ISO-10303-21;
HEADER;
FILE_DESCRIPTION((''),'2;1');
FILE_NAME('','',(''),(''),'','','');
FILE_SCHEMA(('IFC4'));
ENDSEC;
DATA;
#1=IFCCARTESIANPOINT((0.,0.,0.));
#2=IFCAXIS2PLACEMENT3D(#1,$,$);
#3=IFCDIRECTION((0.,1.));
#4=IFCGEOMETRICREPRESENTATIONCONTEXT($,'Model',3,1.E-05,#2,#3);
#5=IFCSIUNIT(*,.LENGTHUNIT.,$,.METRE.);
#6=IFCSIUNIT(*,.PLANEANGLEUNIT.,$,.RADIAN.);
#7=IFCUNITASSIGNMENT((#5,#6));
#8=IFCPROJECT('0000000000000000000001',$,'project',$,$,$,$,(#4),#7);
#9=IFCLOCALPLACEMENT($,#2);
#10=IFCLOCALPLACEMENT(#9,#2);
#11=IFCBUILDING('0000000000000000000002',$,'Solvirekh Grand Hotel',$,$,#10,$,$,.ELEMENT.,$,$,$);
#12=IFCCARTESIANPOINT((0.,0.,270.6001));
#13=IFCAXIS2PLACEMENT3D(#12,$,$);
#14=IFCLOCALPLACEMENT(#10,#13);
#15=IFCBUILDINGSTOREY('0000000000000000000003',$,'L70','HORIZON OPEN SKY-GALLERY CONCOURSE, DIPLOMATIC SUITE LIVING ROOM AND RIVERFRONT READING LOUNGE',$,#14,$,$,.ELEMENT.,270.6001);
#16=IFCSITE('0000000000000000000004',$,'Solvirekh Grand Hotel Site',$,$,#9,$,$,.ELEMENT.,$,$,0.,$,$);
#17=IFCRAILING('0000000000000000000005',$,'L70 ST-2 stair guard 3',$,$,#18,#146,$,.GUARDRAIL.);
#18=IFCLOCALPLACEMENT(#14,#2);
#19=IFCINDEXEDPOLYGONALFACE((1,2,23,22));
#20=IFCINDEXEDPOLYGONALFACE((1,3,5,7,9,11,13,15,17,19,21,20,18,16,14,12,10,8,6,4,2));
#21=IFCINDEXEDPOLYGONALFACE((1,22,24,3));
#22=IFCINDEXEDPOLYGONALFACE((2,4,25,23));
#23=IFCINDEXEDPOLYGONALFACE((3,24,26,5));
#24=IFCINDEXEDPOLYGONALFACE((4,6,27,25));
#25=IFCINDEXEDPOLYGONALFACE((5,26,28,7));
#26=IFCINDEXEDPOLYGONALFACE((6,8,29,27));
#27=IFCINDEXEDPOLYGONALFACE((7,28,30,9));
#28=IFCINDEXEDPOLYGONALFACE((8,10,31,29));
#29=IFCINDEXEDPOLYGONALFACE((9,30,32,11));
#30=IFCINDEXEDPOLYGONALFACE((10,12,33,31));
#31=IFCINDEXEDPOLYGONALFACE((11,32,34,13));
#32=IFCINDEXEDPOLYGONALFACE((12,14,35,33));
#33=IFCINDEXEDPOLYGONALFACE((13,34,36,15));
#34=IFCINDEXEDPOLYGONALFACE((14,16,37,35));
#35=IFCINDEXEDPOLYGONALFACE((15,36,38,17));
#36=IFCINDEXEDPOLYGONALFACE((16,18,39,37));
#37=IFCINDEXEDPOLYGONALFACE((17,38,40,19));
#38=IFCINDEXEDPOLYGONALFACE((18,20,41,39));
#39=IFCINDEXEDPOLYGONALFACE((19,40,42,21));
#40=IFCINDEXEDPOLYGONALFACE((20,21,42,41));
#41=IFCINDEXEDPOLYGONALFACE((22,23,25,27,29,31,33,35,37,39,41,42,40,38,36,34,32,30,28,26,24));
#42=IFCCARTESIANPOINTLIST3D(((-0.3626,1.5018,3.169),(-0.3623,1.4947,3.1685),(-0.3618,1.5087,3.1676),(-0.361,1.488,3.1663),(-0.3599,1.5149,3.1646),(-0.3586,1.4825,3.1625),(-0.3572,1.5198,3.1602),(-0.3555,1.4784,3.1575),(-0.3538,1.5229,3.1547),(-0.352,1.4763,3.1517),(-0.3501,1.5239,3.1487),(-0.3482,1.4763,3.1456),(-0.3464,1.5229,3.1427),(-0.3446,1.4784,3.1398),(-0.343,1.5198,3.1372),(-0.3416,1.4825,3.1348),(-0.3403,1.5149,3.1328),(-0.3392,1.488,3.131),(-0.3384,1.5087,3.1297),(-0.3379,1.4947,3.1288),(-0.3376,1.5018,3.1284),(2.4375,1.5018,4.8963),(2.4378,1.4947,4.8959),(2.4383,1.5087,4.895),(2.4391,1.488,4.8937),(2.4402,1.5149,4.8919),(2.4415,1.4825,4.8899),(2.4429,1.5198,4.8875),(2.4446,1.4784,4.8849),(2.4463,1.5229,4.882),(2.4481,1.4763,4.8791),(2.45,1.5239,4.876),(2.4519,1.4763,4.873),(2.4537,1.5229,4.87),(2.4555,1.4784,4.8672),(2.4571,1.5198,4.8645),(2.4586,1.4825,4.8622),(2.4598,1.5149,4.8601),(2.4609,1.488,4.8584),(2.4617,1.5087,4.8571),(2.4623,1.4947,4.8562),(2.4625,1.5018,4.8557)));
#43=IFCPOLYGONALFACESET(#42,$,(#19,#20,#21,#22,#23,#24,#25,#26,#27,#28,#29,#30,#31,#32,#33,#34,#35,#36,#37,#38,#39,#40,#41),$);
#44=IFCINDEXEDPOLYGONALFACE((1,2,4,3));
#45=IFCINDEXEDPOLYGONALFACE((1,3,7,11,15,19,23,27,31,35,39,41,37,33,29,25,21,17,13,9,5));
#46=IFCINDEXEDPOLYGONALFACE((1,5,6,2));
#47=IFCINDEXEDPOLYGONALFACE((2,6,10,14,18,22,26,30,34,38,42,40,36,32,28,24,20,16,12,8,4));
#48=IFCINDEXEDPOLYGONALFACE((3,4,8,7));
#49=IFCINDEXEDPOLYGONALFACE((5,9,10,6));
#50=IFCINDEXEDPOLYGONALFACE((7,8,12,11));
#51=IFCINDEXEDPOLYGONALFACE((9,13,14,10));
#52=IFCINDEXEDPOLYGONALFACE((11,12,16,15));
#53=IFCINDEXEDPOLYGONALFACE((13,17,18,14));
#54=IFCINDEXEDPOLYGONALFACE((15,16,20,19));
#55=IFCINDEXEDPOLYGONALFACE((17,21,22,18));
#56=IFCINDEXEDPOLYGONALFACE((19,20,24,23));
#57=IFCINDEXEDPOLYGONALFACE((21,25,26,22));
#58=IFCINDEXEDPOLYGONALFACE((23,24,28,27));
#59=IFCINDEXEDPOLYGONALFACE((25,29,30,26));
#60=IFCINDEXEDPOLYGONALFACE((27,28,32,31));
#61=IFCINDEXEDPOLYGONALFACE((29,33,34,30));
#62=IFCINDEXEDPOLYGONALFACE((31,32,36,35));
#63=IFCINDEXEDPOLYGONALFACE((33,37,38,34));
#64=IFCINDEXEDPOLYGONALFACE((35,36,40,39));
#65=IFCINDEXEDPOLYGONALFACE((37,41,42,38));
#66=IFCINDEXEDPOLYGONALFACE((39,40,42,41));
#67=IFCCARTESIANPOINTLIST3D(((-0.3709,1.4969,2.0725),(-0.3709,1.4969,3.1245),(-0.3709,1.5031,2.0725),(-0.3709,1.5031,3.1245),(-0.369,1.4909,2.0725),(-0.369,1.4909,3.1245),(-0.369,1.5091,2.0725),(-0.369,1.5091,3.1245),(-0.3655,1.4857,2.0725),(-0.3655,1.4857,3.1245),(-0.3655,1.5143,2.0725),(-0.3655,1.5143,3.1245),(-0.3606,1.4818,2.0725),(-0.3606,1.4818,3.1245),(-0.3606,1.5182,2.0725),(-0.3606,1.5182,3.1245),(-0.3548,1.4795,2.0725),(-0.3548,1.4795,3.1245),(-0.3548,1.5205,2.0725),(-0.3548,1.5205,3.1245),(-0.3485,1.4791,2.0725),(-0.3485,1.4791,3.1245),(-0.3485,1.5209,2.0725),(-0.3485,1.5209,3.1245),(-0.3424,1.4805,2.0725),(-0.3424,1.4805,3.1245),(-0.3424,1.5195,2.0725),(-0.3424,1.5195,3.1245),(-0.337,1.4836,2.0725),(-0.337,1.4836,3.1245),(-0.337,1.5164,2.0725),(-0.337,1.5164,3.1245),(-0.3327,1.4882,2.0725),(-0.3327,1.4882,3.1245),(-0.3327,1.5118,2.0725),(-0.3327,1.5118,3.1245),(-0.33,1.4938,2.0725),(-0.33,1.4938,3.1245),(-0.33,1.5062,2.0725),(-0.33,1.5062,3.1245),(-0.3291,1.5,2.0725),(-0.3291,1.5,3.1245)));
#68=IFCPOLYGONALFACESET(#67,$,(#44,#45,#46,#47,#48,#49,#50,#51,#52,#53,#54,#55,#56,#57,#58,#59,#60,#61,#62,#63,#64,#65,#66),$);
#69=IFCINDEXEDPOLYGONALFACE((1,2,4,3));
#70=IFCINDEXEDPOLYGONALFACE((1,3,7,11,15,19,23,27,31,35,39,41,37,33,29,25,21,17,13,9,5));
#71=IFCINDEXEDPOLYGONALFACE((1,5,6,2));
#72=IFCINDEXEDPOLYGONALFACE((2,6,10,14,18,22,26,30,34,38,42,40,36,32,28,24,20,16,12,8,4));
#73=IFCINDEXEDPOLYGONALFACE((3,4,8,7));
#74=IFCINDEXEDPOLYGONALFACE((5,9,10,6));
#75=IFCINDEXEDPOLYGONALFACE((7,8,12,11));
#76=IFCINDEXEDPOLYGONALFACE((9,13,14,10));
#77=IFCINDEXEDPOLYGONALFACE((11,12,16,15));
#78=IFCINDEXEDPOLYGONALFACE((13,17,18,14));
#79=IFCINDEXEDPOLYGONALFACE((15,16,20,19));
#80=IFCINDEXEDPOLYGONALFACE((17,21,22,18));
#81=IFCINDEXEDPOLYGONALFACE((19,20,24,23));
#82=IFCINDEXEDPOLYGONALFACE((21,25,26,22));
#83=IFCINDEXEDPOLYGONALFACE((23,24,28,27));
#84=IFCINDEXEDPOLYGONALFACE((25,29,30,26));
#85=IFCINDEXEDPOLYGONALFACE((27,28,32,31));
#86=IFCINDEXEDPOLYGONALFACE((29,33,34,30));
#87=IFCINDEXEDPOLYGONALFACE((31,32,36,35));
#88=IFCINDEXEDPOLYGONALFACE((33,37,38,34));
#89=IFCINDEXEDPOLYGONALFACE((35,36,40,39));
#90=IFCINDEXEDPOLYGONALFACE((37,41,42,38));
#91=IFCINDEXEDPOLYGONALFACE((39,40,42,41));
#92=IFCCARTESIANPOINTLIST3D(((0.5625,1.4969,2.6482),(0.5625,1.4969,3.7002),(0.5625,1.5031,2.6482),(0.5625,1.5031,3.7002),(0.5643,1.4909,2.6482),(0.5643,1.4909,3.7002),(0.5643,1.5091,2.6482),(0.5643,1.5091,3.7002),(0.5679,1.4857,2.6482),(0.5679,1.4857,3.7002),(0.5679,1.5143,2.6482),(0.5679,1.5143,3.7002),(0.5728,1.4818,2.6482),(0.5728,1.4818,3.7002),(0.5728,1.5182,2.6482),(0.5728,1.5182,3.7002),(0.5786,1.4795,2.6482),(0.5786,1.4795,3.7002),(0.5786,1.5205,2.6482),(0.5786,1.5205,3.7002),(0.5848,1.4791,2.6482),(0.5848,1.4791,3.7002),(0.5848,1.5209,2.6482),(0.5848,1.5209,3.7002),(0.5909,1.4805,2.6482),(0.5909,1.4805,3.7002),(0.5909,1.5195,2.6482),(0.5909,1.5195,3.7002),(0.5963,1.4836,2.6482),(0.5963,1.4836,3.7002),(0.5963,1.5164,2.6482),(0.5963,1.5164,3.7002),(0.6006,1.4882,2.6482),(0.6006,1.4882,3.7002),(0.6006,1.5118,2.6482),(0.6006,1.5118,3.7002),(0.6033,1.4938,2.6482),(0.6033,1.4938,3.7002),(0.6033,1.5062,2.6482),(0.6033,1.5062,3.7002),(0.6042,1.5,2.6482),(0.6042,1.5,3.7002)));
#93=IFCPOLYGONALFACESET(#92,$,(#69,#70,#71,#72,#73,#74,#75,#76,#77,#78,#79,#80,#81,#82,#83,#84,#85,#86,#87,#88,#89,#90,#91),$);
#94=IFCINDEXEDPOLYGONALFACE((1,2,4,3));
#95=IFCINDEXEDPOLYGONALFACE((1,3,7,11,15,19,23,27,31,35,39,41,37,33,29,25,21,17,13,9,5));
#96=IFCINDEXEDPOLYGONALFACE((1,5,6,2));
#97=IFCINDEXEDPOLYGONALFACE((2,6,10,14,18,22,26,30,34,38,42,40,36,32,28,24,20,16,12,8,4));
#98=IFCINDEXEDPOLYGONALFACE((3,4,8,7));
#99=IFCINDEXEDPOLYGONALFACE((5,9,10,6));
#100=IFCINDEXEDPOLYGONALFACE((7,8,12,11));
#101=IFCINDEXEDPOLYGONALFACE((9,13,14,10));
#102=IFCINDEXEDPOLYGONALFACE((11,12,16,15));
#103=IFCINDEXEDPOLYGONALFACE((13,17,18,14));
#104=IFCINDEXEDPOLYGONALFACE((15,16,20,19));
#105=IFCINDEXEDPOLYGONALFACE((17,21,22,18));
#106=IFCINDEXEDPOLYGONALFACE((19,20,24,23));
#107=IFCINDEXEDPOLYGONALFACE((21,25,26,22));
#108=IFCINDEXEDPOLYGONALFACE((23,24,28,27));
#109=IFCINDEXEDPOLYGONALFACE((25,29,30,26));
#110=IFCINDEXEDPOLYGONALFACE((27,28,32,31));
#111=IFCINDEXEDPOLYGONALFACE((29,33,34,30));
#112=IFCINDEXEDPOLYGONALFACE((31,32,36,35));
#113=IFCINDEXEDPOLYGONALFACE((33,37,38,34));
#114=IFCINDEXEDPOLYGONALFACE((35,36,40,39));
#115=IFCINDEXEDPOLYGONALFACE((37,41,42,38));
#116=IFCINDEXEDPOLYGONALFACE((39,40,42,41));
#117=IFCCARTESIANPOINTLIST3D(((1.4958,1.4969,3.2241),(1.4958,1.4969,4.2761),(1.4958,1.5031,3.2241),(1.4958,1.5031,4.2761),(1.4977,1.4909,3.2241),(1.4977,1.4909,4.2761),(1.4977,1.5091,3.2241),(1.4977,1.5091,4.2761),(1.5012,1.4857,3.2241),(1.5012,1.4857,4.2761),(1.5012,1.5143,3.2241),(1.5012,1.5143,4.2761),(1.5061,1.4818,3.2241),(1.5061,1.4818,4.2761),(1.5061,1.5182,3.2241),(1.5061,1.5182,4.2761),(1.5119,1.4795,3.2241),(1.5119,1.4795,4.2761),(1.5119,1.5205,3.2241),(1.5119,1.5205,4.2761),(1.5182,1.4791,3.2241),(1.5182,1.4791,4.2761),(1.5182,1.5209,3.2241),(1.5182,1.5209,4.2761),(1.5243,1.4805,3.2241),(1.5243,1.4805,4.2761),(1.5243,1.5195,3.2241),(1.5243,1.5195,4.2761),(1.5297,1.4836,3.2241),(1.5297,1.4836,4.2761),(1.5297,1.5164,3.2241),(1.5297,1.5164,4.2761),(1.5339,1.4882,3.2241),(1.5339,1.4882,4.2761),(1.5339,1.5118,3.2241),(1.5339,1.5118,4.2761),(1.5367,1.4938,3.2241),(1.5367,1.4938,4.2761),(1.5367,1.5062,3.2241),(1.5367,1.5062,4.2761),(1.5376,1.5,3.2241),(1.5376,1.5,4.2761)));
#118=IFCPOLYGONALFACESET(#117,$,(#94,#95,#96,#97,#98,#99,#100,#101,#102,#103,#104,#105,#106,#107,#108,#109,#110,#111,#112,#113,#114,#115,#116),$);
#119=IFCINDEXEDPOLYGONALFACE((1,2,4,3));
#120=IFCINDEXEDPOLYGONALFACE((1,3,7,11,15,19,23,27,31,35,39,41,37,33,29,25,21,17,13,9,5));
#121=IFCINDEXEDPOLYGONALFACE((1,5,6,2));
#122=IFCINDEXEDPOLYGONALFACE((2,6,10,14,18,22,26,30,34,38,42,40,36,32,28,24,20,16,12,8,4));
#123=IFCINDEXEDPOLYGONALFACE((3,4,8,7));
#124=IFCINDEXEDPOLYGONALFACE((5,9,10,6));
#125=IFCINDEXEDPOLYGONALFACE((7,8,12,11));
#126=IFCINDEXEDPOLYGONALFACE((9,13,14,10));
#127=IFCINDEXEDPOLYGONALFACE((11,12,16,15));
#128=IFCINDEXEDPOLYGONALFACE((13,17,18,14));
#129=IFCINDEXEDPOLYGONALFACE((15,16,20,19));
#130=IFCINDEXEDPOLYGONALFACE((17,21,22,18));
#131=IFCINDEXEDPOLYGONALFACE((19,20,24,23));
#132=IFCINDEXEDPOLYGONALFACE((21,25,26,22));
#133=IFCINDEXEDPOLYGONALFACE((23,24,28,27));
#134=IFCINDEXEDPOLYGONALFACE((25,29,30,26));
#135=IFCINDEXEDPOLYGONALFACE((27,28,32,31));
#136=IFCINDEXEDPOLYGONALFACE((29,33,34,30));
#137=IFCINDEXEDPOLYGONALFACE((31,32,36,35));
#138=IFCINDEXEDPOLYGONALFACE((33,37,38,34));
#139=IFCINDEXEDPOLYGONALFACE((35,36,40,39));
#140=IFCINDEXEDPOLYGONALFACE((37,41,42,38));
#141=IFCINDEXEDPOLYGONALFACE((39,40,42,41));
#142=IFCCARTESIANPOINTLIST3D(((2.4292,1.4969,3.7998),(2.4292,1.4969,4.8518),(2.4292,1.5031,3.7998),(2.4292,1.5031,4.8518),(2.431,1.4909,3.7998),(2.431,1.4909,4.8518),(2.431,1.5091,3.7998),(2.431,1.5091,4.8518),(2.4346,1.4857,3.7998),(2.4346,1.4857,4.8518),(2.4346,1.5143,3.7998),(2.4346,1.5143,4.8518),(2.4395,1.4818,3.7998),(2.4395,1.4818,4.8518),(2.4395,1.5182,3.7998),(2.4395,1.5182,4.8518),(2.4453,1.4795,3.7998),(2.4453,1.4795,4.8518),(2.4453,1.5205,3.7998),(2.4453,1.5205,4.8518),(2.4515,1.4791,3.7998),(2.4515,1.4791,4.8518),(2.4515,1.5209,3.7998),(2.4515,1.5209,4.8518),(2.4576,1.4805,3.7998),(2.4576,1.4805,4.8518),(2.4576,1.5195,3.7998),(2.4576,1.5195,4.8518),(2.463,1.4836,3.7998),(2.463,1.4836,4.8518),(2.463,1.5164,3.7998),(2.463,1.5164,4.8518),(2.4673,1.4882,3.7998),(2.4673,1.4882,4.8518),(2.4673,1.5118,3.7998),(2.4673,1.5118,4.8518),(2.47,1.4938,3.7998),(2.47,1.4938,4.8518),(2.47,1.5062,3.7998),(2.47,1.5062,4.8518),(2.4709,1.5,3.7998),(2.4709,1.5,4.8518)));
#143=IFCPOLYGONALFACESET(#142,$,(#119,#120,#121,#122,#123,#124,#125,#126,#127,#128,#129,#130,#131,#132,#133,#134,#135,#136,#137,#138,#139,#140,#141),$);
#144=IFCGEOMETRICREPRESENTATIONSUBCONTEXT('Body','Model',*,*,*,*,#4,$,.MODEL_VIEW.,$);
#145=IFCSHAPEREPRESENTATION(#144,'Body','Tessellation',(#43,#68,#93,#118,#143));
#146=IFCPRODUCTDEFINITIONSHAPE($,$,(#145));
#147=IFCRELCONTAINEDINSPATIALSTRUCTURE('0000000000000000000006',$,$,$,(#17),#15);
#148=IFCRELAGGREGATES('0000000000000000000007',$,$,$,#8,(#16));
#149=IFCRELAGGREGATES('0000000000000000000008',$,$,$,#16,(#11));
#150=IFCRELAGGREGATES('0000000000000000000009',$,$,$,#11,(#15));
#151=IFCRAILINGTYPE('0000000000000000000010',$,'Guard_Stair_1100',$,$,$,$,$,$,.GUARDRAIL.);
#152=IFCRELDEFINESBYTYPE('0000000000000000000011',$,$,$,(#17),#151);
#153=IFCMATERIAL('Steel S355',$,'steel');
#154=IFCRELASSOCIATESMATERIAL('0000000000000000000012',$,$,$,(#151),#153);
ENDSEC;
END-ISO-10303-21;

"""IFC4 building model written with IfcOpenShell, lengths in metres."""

from ifc_helpers import new_model, si_unit, direction, frame, origin, origin_2d, place, context, subcontext, project, spatial, circle, extrude, material, type_object, element, save


model = new_model("IFC4")

# Units and contexts
model_context = context("Model", 3, precision=1e-05, world=origin(), true_north=direction((0.0, 1.0)))
body_context = subcontext(model_context, "Body", "Model", "MODEL_VIEW")
ifc_project = project(units=[si_unit("LENGTHUNIT", "METRE"), si_unit("PLANEANGLEUNIT", "RADIAN")], contexts=[model_context])

# Site, building, storey
site_placement = place(None, origin())
site = spatial("IfcSite", under=ifc_project, at=site_placement, Name="Solvirekh Grand Hotel Site", CompositionType="ELEMENT", RefElevation=0.0)
building_placement = place(site_placement, origin())
building = spatial("IfcBuilding", under=site, at=building_placement, Name="Solvirekh Grand Hotel", CompositionType="ELEMENT")
storey_placement = place(building_placement, frame((0.0, 0.0, 270.6001)))
storey = spatial("IfcBuildingStorey", under=building, at=storey_placement, Name="L70", Description="HORIZON OPEN SKY-GALLERY CONCOURSE, DIPLOMATIC SUITE LIVING ROOM AND RIVERFRONT READING LOUNGE", CompositionType="ELEMENT", Elevation=270.6001)

# Shared definitions
ifc_material_1 = material(Name="Steel S355", Category="steel")

# Railing
railing_type_1 = type_object("IfcRailingType", Name="Guard_Stair_1100", PredefinedType="GUARDRAIL", material=ifc_material_1)
railing_1_placement = place(storey_placement, frame((-0.3501, 1.5, 2.0725)))
element("IfcRailing", 1, at=railing_1_placement, inside=storey, type_object=railing_type_1, Name="L70 ST-2 stair guard 3", PredefinedType="GUARDRAIL", context=body_context, shape_type="SweptSolid", body=[
    extrude(circle(Radius=0.0239, at=origin_2d()), frame((0.0, 0.0, 1.0762), z_axis=(0.85109, 0.0, 0.52502), x_axis=(0.0, 1.0, 0.0)), (0.0, 0.0, 1.0), 3.29),
    extrude(circle(Radius=0.021, at=origin_2d()), origin(), (0.0, 0.0, 1.0), 1.052),
    extrude(circle(Radius=0.021, at=origin_2d()), frame((0.9333, 0.0, 0.5757)), (0.0, 0.0, 1.0), 1.052),
    extrude(circle(Radius=0.021, at=origin_2d()), frame((1.8667, 0.0, 1.1516)), (0.0, 0.0, 1.0), 1.052),
    extrude(circle(Radius=0.021, at=origin_2d()), frame((2.8, 0.0, 1.7273)), (0.0, 0.0, 1.0), 1.052),
])

save(model, "model.ifc")
